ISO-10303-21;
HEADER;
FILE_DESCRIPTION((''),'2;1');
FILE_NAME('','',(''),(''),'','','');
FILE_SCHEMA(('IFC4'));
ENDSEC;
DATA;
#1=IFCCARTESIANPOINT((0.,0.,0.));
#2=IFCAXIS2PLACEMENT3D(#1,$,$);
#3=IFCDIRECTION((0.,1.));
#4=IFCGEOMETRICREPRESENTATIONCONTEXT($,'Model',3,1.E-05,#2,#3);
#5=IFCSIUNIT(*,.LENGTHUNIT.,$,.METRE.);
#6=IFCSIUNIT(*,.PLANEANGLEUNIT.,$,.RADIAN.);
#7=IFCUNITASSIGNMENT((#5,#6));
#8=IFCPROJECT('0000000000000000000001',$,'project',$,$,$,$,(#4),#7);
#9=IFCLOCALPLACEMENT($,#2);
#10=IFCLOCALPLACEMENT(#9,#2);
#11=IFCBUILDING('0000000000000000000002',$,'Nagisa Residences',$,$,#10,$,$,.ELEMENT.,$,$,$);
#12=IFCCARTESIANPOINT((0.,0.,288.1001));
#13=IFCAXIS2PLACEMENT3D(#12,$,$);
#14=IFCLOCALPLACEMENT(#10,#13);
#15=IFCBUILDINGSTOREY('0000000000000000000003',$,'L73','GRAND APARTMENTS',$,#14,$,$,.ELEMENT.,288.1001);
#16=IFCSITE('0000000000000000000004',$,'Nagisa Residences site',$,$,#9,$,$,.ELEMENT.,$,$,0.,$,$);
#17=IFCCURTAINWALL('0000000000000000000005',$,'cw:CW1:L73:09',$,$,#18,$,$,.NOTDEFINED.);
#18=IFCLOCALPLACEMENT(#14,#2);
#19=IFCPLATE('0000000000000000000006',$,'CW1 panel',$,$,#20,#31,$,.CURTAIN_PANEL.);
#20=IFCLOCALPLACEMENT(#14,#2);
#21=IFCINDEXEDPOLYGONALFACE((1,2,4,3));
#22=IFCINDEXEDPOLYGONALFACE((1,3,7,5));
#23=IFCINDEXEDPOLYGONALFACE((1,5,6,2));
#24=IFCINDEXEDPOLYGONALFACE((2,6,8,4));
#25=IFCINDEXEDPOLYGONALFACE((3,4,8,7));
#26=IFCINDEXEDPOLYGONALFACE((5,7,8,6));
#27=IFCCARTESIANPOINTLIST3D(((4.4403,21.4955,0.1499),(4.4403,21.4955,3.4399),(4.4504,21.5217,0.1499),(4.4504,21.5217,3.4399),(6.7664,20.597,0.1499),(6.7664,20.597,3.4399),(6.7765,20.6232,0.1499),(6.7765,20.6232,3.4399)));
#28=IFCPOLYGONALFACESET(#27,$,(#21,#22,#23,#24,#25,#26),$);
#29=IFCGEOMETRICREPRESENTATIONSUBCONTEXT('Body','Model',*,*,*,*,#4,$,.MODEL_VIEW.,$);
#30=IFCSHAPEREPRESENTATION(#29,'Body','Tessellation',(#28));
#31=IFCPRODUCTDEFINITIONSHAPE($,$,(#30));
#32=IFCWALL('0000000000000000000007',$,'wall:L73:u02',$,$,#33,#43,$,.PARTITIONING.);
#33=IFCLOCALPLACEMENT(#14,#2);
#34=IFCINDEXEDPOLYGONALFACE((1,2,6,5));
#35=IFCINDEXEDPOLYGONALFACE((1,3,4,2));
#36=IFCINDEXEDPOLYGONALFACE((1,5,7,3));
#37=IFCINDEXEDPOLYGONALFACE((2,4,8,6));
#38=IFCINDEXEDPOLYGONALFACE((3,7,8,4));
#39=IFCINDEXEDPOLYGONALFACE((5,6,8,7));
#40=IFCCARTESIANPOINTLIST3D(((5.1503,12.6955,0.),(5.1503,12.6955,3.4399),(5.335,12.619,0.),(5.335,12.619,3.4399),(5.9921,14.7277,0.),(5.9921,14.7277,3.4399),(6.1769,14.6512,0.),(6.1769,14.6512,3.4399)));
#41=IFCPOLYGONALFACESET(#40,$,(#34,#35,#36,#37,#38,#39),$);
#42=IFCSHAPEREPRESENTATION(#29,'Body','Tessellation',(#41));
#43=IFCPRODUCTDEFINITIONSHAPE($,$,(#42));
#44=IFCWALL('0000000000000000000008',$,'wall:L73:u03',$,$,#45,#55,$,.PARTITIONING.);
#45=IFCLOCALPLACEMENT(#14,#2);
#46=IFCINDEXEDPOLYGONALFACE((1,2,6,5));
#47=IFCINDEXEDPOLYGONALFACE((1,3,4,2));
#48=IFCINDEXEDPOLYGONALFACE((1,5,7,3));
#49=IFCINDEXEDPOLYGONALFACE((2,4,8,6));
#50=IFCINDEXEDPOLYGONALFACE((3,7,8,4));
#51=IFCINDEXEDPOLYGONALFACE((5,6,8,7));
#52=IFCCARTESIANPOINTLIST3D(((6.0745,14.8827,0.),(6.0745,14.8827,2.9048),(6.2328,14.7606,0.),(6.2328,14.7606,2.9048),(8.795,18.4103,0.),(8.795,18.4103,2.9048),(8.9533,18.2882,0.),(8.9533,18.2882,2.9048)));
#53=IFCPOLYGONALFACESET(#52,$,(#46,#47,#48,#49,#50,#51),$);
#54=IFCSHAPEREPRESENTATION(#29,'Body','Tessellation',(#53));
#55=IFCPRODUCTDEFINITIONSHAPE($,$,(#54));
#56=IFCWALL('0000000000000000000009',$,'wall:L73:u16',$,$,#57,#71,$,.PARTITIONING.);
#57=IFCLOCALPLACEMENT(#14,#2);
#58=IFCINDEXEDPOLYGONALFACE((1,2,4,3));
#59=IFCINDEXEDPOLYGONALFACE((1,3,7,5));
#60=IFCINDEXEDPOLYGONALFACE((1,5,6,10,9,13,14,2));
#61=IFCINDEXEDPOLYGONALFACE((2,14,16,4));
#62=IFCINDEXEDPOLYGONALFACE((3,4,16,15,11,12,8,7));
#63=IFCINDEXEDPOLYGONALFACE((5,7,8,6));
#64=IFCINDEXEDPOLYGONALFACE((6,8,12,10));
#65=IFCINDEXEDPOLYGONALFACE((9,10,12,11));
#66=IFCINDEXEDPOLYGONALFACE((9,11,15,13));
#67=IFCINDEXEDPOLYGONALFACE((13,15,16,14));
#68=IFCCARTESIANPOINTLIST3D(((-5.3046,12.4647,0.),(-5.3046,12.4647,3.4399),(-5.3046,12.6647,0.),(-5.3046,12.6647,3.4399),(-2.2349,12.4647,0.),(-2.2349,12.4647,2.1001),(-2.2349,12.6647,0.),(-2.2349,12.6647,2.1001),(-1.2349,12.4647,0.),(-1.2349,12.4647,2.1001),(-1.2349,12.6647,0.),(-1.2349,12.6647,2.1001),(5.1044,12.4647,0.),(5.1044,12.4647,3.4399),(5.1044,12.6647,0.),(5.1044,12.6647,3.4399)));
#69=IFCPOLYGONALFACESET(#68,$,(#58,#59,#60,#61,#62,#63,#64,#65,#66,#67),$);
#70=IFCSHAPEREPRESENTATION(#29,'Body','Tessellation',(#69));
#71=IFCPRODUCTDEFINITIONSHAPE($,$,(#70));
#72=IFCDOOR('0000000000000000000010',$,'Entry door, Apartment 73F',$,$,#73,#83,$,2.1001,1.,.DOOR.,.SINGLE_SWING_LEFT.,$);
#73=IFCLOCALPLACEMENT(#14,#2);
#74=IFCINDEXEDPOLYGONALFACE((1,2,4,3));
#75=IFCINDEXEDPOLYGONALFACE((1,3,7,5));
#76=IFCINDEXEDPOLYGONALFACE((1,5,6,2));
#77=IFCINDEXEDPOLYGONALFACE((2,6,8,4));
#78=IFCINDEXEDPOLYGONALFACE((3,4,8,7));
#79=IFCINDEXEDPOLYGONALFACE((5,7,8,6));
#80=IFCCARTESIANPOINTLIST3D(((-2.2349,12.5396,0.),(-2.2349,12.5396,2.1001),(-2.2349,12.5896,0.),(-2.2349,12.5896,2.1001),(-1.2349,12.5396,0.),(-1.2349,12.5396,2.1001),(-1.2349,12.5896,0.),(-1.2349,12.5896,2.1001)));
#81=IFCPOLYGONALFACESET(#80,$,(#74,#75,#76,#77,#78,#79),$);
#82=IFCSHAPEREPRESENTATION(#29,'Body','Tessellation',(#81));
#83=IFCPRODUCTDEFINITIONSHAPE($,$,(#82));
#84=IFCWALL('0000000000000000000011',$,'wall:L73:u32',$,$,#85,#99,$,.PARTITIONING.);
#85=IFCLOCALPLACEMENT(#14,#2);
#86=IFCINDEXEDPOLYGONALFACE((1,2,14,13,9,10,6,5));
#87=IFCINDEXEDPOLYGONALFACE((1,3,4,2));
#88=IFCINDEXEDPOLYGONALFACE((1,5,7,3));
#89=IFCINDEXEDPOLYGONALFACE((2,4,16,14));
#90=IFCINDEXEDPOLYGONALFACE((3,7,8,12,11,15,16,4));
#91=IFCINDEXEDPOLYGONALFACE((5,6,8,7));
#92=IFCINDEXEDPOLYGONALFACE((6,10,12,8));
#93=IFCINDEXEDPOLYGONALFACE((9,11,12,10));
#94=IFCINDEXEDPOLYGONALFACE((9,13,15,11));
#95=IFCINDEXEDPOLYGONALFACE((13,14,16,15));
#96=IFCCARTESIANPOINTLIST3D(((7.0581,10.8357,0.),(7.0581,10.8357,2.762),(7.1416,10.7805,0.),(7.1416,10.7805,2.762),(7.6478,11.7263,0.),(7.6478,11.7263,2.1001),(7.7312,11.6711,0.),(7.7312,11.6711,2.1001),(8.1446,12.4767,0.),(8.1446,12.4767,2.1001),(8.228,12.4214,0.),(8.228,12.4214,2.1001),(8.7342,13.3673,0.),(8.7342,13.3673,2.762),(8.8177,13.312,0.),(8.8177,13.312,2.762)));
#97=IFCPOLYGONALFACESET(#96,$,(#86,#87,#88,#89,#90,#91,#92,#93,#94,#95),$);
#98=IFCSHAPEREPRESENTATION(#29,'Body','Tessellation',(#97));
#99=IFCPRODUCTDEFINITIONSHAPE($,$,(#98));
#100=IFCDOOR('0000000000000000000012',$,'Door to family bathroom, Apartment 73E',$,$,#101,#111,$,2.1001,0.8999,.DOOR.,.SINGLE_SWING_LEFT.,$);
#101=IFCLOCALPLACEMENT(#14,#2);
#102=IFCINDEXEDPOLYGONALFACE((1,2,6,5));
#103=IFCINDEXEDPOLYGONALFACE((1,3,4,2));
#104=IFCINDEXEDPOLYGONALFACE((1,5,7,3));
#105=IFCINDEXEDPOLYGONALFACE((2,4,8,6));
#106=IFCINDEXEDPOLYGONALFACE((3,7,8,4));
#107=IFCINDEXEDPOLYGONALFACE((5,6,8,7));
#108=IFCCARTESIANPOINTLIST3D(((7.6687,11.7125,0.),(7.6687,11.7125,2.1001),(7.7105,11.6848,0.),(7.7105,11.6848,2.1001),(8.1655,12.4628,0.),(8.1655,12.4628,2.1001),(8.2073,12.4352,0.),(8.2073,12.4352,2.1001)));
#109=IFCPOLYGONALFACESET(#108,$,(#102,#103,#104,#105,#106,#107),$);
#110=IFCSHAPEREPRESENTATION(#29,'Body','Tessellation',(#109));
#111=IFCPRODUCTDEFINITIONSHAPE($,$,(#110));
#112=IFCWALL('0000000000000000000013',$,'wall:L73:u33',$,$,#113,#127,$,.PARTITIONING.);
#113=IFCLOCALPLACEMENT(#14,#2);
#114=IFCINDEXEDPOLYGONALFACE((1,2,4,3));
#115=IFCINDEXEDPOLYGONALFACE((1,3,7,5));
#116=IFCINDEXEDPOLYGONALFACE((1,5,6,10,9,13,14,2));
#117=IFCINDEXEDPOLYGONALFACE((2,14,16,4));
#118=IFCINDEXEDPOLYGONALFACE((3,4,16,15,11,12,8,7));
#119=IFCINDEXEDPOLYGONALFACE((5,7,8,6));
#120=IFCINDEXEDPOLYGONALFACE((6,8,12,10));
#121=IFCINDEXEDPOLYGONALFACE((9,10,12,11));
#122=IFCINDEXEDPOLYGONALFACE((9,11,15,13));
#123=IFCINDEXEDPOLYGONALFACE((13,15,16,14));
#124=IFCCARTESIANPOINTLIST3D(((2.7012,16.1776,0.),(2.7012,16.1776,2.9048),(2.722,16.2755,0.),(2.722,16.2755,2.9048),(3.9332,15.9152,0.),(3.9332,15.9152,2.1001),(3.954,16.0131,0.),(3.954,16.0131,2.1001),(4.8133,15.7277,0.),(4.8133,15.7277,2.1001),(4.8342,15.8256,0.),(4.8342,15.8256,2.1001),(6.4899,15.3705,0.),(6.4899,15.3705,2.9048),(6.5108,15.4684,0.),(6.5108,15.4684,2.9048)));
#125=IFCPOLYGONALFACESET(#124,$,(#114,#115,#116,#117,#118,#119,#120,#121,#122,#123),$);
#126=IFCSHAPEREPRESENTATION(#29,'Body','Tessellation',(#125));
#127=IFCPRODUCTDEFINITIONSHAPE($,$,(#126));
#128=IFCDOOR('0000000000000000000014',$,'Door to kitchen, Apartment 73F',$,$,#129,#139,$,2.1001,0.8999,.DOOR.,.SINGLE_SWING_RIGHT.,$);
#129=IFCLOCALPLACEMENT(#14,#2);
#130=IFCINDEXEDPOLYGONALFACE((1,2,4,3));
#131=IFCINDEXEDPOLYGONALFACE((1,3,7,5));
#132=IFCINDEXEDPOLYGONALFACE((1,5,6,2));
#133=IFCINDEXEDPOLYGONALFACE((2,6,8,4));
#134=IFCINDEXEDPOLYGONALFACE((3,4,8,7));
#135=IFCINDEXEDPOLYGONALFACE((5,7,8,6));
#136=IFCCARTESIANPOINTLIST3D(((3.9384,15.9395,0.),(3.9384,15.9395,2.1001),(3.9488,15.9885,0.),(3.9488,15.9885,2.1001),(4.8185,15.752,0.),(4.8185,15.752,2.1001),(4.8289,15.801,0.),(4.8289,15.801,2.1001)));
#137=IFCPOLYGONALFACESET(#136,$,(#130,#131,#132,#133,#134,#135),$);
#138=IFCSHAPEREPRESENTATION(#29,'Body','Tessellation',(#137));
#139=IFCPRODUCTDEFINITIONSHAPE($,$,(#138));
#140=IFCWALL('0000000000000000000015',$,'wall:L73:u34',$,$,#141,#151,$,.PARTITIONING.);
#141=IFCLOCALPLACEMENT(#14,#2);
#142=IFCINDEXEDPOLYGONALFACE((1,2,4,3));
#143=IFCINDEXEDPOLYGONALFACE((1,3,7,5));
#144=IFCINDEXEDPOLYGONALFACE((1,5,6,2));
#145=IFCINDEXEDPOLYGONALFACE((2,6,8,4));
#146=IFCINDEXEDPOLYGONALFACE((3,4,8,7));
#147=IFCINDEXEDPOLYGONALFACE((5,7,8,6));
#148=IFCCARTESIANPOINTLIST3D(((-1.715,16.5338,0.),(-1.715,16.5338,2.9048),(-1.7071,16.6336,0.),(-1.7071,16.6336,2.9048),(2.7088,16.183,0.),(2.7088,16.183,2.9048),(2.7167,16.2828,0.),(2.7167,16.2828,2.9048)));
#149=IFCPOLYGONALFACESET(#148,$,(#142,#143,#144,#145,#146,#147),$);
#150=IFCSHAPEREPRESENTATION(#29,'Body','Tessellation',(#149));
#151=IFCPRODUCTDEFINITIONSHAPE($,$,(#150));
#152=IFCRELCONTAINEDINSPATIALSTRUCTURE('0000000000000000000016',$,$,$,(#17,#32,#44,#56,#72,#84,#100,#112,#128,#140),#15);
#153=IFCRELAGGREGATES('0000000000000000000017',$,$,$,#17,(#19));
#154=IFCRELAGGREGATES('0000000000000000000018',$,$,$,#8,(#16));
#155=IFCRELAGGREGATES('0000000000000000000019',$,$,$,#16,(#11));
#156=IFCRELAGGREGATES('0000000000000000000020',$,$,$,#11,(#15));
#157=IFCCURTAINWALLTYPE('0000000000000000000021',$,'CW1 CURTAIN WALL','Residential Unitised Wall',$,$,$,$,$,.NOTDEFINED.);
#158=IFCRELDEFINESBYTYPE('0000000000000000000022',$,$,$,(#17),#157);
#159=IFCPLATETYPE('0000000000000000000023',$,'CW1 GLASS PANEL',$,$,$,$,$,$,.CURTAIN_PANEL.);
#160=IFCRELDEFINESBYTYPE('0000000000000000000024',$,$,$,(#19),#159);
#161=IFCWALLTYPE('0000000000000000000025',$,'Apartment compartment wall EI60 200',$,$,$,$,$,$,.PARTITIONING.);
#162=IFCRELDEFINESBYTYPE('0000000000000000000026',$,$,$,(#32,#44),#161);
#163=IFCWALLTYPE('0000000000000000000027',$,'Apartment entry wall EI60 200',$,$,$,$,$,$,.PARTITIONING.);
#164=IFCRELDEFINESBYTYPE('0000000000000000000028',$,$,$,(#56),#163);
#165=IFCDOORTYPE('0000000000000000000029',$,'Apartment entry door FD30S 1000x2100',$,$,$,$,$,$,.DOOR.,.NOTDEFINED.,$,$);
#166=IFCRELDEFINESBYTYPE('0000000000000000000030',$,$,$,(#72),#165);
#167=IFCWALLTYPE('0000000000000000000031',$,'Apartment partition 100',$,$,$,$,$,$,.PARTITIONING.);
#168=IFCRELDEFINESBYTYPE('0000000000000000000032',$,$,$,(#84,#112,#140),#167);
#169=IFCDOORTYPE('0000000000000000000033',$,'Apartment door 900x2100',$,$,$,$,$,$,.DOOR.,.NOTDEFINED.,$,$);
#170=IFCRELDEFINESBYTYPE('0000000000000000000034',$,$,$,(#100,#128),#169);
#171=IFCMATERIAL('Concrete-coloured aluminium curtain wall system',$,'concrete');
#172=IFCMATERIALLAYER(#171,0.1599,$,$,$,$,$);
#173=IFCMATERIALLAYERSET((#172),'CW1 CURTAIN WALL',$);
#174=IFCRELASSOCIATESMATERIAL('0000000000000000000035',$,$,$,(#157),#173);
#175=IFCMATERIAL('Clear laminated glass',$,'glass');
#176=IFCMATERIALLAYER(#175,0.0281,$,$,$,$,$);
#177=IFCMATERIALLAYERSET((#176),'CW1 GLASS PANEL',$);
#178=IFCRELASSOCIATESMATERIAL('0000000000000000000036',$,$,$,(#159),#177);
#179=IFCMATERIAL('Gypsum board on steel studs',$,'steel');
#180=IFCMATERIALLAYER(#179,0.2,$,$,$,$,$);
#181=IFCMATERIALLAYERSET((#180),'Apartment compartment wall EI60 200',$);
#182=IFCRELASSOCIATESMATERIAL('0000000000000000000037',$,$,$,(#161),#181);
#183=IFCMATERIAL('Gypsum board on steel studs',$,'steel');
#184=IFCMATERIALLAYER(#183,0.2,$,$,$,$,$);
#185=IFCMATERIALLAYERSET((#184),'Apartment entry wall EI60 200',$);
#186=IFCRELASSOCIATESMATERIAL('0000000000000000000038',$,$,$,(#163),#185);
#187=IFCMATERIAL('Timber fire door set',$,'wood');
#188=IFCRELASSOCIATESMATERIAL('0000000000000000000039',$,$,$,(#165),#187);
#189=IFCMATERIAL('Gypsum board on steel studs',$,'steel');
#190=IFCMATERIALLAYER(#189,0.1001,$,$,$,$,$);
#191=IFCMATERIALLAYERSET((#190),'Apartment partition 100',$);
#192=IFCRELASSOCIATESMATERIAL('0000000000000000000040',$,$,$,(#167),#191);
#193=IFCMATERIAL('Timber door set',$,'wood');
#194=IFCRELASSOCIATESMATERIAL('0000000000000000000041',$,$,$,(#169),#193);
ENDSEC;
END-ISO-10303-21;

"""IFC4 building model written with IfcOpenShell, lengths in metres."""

from ifc_helpers import new_model, si_unit, direction, frame, frame_2d, origin, origin_2d, place, context, subcontext, project, spatial, rectangle, extrude, material, layer, layer_set, type_object, element, fill, aggregate, save


model = new_model("IFC4")

# Units and contexts
model_context = context("Model", 3, precision=1e-05, world=origin(), true_north=direction((0.0, 1.0)))
body_context = subcontext(model_context, "Body", "Model", "MODEL_VIEW")
ifc_project = project(units=[si_unit("LENGTHUNIT", "METRE"), si_unit("PLANEANGLEUNIT", "RADIAN")], contexts=[model_context])

# Site, building, storey
site_placement = place(None, origin())
site = spatial("IfcSite", under=ifc_project, at=site_placement, Name="Nagisa Residences site", CompositionType="ELEMENT", RefElevation=0.0)
building_placement = place(site_placement, origin())
building = spatial("IfcBuilding", under=site, at=building_placement, Name="Nagisa Residences", CompositionType="ELEMENT")
storey_placement = place(building_placement, frame((0.0, 0.0, 288.1001)))
storey = spatial("IfcBuildingStorey", under=building, at=storey_placement, Name="L73", Description="GRAND APARTMENTS", CompositionType="ELEMENT", Elevation=288.1001)

# Curtain wall
ifc_material_1 = material(Name="Concrete-coloured aluminium curtain wall system", Category="concrete")
ifc_layer_1 = layer(ifc_material_1, 0.1599)
ifc_layer_set_1 = layer_set([ifc_layer_1], Name="CW1 CURTAIN WALL")
curtain_wall_type = type_object("IfcCurtainWallType", Name="CW1 CURTAIN WALL", Description="Residential Unitised Wall", PredefinedType="NOTDEFINED", material=ifc_layer_set_1)
curtain_wall_1_placement = place(storey_placement, origin())
curtain_wall_1 = element("IfcCurtainWall", 1, at=curtain_wall_1_placement, inside=storey, type_object=curtain_wall_type, Name="cw:CW1:L73:09", PredefinedType="NOTDEFINED")

# Shared definitions
ifc_material_2 = material(Name="Clear laminated glass", Category="glass")
ifc_layer_2 = layer(ifc_material_2, 0.0281)
ifc_layer_set_2 = layer_set([ifc_layer_2], Name="CW1 GLASS PANEL")
plate_type = type_object("IfcPlateType", Name="CW1 GLASS PANEL", PredefinedType="CURTAIN_PANEL", material=ifc_layer_set_2)

# Plate
plate_1_placement = place(storey_placement, frame((5.6084, 21.0593, 0.1499), z_axis=(0.0, 0.0, 1.0), x_axis=(-0.932826, 0.360328, 0.0)))
plate_1 = element("IfcPlate", 2, at=plate_1_placement, type_object=plate_type, Name="CW1 panel", PredefinedType="CURTAIN_PANEL", context=body_context, shape_type="SweptSolid", body=[
    extrude(rectangle(XDim=2.4937, YDim=0.0281, at=origin_2d()), origin(), (0.0, 0.0, 1.0), 3.29),
])
aggregate(curtain_wall_1, [plate_1])

# Walls
ifc_material_3 = material(Name="Gypsum board on steel studs", Category="steel")
ifc_layer_3 = layer(ifc_material_3, 0.2)
ifc_layer_set_3 = layer_set([ifc_layer_3], Name="Apartment compartment wall EI60 200")
wall_type_1 = type_object("IfcWallType", Name="Apartment compartment wall EI60 200", PredefinedType="PARTITIONING", material=ifc_layer_set_3)
wall_1_placement = place(storey_placement, frame((5.2427, 12.6572, 0.0), z_axis=(0.0, 0.0, 1.0), x_axis=(0.382692, 0.923876, 0.0)))
element("IfcWall", 3, at=wall_1_placement, inside=storey, type_object=wall_type_1, Name="wall:L73:u02", PredefinedType="PARTITIONING", context=body_context, shape_type="SweptSolid", body=[
    extrude(rectangle(XDim=2.1997, YDim=0.2, at=frame_2d((1.0999, 0.0))), origin(), (0.0, 0.0, 1.0), 3.4399),
])
wall_2_placement = place(storey_placement, frame((6.1536, 14.8215, 0.0), z_axis=(0.0, 0.0, 1.0), x_axis=(0.610688, 0.791872, 0.0)))
element("IfcWall", 4, at=wall_2_placement, inside=storey, type_object=wall_type_1, Name="wall:L73:u03", PredefinedType="PARTITIONING", context=body_context, shape_type="SweptSolid", body=[
    extrude(rectangle(XDim=4.4548, YDim=0.2, at=frame_2d((2.2275, 0.0))), origin(), (0.0, 0.0, 1.0), 2.9048),
])

# Walls, openings, doors
ifc_material_4 = material(Name="Gypsum board on steel studs", Category="steel")
ifc_layer_4 = layer(ifc_material_4, 0.2)
ifc_layer_set_4 = layer_set([ifc_layer_4], Name="Apartment entry wall EI60 200")
wall_type_2 = type_object("IfcWallType", Name="Apartment entry wall EI60 200", PredefinedType="PARTITIONING", material=ifc_layer_set_4)
wall_3_placement = place(storey_placement, frame((5.1045, 12.5647, 0.0), z_axis=(0.0, 0.0, 1.0), x_axis=(-1.0, 0.0, 0.0)))
wall_3 = element("IfcWall", 5, at=wall_3_placement, inside=storey, type_object=wall_type_2, Name="wall:L73:u16", PredefinedType="PARTITIONING", context=body_context, shape_type="SweptSolid", body=[
    extrude(rectangle(XDim=10.4089, YDim=0.2, at=frame_2d((5.2046, 0.0))), origin(), (0.0, 0.0, 1.0), 3.4399),
])
opening_1_placement = place(wall_3_placement, frame((6.3394, 0.0, 0.0)))
opening_1 = element("IfcOpeningElement", 6, at=opening_1_placement, cuts=wall_3, PredefinedType="OPENING", context=body_context, shape_type="SweptSolid", body=[
    extrude(rectangle(XDim=1.0, YDim=2.1001, at=frame_2d((0.5, 1.05))), frame((0.0, 0.1099, 0.0), z_axis=(0.0, -1.0, 0.0), x_axis=(1.0, 0.0, 0.0)), (0.0, 0.0, 1.0), 0.22),
])
ifc_material_5 = material(Name="Timber fire door set", Category="wood")
door_type_1 = type_object("IfcDoorType", Name="Apartment entry door FD30S 1000x2100", OperationType="NOTDEFINED", PredefinedType="DOOR", material=ifc_material_5)
door_1_placement = place(opening_1_placement, frame((1.0, 0.0, 0.0), x_axis=(-1.0, 0.0, 0.0)))
door_1 = element("IfcDoor", 7, at=door_1_placement, inside=storey, type_object=door_type_1, Name="Entry door, Apartment 73F", OperationType="SINGLE_SWING_LEFT", OverallHeight=2.1001, OverallWidth=1.0, PredefinedType="DOOR", context=body_context, shape_type="SweptSolid", body=[
    extrude(rectangle(XDim=1.0, YDim=2.1001, at=frame_2d((0.5, 1.05))), frame((0.0, 0.0249, 0.0), z_axis=(0.0, -1.0, 0.0), x_axis=(1.0, 0.0, 0.0)), (0.0, 0.0, 1.0), 0.05),
])
fill(opening_1, door_1)
ifc_material_6 = material(Name="Gypsum board on steel studs", Category="steel")
ifc_layer_5 = layer(ifc_material_6, 0.1001)
ifc_layer_set_5 = layer_set([ifc_layer_5], Name="Apartment partition 100")
wall_type_3 = type_object("IfcWallType", Name="Apartment partition 100", PredefinedType="PARTITIONING", material=ifc_layer_set_5)
wall_4_placement = place(storey_placement, frame((7.0999, 10.8081, 0.0), z_axis=(0.0, 0.0, 1.0), x_axis=(0.552044, 0.833815, 0.0)))
wall_4 = element("IfcWall", 8, at=wall_4_placement, inside=storey, type_object=wall_type_3, Name="wall:L73:u32", PredefinedType="PARTITIONING", context=body_context, shape_type="SweptSolid", body=[
    extrude(rectangle(XDim=3.0361, YDim=0.1001, at=frame_2d((1.5181, 0.0))), origin(), (0.0, 0.0, 1.0), 2.762),
])
opening_2_placement = place(wall_4_placement, frame((1.0681, 0.0, 0.0)))
opening_2 = element("IfcOpeningElement", 9, at=opening_2_placement, cuts=wall_4, PredefinedType="OPENING", context=body_context, shape_type="SweptSolid", body=[
    extrude(rectangle(XDim=0.8999, YDim=2.1001, at=frame_2d((0.45, 1.05))), frame((0.0, 0.0601, 0.0), z_axis=(0.0, -1.0, 0.0), x_axis=(1.0, 0.0, 0.0)), (0.0, 0.0, 1.0), 0.1201),
])
ifc_material_7 = material(Name="Timber door set", Category="wood")
door_type_2 = type_object("IfcDoorType", Name="Apartment door 900x2100", OperationType="NOTDEFINED", PredefinedType="DOOR", material=ifc_material_7)
door_2_placement = place(opening_2_placement, origin())
door_2 = element("IfcDoor", 10, at=door_2_placement, inside=storey, type_object=door_type_2, Name="Door to family bathroom, Apartment 73E", OperationType="SINGLE_SWING_LEFT", OverallHeight=2.1001, OverallWidth=0.8999, PredefinedType="DOOR", context=body_context, shape_type="SweptSolid", body=[
    extrude(rectangle(XDim=0.8999, YDim=2.1001, at=frame_2d((0.45, 1.05))), frame((0.0, 0.0249, 0.0), z_axis=(0.0, -1.0, 0.0), x_axis=(1.0, 0.0, 0.0)), (0.0, 0.0, 1.0), 0.05),
])
fill(opening_2, door_2)
wall_5_placement = place(storey_placement, frame((6.5005, 15.4194, 0.0), z_axis=(0.0, 0.0, 1.0), x_axis=(-0.978053, 0.208354, 0.0)))
wall_5 = element("IfcWall", 11, at=wall_5_placement, inside=storey, type_object=wall_type_3, Name="wall:L73:u33", PredefinedType="PARTITIONING", context=body_context, shape_type="SweptSolid", body=[
    extrude(rectangle(XDim=3.8738, YDim=0.1001, at=frame_2d((1.937, 0.0))), origin(), (0.0, 0.0, 1.0), 2.9048),
])
opening_3_placement = place(wall_5_placement, frame((1.7144, 0.0, 0.0)))
opening_3 = element("IfcOpeningElement", 12, at=opening_3_placement, cuts=wall_5, PredefinedType="OPENING", context=body_context, shape_type="SweptSolid", body=[
    extrude(rectangle(XDim=0.8999, YDim=2.1001, at=frame_2d((0.45, 1.05))), frame((0.0, 0.0601, 0.0), z_axis=(0.0, -1.0, 0.0), x_axis=(1.0, 0.0, 0.0)), (0.0, 0.0, 1.0), 0.1201),
])
door_3_placement = place(opening_3_placement, frame((0.8999, 0.0, 0.0), x_axis=(-1.0, 0.0, 0.0)))
door_3 = element("IfcDoor", 13, at=door_3_placement, inside=storey, type_object=door_type_2, Name="Door to kitchen, Apartment 73F", OperationType="SINGLE_SWING_RIGHT", OverallHeight=2.1001, OverallWidth=0.8999, PredefinedType="DOOR", context=body_context, shape_type="SweptSolid", body=[
    extrude(rectangle(XDim=0.8999, YDim=2.1001, at=frame_2d((0.45, 1.05))), frame((0.0, 0.0249, 0.0), z_axis=(0.0, -1.0, 0.0), x_axis=(1.0, 0.0, 0.0)), (0.0, 0.0, 1.0), 0.05),
])
fill(opening_3, door_3)

# Wall
wall_6_placement = place(storey_placement, frame((2.7126, 16.2329, 0.0), z_axis=(0.0, 0.0, 1.0), x_axis=(-0.99687, 0.079056, 0.0)))
element("IfcWall", 14, at=wall_6_placement, inside=storey, type_object=wall_type_3, Name="wall:L73:u34", PredefinedType="PARTITIONING", context=body_context, shape_type="SweptSolid", body=[
    extrude(rectangle(XDim=4.4377, YDim=0.1001, at=frame_2d((2.2188, 0.0))), origin(), (0.0, 0.0, 1.0), 2.9048),
])

save(model, "model.ifc")
